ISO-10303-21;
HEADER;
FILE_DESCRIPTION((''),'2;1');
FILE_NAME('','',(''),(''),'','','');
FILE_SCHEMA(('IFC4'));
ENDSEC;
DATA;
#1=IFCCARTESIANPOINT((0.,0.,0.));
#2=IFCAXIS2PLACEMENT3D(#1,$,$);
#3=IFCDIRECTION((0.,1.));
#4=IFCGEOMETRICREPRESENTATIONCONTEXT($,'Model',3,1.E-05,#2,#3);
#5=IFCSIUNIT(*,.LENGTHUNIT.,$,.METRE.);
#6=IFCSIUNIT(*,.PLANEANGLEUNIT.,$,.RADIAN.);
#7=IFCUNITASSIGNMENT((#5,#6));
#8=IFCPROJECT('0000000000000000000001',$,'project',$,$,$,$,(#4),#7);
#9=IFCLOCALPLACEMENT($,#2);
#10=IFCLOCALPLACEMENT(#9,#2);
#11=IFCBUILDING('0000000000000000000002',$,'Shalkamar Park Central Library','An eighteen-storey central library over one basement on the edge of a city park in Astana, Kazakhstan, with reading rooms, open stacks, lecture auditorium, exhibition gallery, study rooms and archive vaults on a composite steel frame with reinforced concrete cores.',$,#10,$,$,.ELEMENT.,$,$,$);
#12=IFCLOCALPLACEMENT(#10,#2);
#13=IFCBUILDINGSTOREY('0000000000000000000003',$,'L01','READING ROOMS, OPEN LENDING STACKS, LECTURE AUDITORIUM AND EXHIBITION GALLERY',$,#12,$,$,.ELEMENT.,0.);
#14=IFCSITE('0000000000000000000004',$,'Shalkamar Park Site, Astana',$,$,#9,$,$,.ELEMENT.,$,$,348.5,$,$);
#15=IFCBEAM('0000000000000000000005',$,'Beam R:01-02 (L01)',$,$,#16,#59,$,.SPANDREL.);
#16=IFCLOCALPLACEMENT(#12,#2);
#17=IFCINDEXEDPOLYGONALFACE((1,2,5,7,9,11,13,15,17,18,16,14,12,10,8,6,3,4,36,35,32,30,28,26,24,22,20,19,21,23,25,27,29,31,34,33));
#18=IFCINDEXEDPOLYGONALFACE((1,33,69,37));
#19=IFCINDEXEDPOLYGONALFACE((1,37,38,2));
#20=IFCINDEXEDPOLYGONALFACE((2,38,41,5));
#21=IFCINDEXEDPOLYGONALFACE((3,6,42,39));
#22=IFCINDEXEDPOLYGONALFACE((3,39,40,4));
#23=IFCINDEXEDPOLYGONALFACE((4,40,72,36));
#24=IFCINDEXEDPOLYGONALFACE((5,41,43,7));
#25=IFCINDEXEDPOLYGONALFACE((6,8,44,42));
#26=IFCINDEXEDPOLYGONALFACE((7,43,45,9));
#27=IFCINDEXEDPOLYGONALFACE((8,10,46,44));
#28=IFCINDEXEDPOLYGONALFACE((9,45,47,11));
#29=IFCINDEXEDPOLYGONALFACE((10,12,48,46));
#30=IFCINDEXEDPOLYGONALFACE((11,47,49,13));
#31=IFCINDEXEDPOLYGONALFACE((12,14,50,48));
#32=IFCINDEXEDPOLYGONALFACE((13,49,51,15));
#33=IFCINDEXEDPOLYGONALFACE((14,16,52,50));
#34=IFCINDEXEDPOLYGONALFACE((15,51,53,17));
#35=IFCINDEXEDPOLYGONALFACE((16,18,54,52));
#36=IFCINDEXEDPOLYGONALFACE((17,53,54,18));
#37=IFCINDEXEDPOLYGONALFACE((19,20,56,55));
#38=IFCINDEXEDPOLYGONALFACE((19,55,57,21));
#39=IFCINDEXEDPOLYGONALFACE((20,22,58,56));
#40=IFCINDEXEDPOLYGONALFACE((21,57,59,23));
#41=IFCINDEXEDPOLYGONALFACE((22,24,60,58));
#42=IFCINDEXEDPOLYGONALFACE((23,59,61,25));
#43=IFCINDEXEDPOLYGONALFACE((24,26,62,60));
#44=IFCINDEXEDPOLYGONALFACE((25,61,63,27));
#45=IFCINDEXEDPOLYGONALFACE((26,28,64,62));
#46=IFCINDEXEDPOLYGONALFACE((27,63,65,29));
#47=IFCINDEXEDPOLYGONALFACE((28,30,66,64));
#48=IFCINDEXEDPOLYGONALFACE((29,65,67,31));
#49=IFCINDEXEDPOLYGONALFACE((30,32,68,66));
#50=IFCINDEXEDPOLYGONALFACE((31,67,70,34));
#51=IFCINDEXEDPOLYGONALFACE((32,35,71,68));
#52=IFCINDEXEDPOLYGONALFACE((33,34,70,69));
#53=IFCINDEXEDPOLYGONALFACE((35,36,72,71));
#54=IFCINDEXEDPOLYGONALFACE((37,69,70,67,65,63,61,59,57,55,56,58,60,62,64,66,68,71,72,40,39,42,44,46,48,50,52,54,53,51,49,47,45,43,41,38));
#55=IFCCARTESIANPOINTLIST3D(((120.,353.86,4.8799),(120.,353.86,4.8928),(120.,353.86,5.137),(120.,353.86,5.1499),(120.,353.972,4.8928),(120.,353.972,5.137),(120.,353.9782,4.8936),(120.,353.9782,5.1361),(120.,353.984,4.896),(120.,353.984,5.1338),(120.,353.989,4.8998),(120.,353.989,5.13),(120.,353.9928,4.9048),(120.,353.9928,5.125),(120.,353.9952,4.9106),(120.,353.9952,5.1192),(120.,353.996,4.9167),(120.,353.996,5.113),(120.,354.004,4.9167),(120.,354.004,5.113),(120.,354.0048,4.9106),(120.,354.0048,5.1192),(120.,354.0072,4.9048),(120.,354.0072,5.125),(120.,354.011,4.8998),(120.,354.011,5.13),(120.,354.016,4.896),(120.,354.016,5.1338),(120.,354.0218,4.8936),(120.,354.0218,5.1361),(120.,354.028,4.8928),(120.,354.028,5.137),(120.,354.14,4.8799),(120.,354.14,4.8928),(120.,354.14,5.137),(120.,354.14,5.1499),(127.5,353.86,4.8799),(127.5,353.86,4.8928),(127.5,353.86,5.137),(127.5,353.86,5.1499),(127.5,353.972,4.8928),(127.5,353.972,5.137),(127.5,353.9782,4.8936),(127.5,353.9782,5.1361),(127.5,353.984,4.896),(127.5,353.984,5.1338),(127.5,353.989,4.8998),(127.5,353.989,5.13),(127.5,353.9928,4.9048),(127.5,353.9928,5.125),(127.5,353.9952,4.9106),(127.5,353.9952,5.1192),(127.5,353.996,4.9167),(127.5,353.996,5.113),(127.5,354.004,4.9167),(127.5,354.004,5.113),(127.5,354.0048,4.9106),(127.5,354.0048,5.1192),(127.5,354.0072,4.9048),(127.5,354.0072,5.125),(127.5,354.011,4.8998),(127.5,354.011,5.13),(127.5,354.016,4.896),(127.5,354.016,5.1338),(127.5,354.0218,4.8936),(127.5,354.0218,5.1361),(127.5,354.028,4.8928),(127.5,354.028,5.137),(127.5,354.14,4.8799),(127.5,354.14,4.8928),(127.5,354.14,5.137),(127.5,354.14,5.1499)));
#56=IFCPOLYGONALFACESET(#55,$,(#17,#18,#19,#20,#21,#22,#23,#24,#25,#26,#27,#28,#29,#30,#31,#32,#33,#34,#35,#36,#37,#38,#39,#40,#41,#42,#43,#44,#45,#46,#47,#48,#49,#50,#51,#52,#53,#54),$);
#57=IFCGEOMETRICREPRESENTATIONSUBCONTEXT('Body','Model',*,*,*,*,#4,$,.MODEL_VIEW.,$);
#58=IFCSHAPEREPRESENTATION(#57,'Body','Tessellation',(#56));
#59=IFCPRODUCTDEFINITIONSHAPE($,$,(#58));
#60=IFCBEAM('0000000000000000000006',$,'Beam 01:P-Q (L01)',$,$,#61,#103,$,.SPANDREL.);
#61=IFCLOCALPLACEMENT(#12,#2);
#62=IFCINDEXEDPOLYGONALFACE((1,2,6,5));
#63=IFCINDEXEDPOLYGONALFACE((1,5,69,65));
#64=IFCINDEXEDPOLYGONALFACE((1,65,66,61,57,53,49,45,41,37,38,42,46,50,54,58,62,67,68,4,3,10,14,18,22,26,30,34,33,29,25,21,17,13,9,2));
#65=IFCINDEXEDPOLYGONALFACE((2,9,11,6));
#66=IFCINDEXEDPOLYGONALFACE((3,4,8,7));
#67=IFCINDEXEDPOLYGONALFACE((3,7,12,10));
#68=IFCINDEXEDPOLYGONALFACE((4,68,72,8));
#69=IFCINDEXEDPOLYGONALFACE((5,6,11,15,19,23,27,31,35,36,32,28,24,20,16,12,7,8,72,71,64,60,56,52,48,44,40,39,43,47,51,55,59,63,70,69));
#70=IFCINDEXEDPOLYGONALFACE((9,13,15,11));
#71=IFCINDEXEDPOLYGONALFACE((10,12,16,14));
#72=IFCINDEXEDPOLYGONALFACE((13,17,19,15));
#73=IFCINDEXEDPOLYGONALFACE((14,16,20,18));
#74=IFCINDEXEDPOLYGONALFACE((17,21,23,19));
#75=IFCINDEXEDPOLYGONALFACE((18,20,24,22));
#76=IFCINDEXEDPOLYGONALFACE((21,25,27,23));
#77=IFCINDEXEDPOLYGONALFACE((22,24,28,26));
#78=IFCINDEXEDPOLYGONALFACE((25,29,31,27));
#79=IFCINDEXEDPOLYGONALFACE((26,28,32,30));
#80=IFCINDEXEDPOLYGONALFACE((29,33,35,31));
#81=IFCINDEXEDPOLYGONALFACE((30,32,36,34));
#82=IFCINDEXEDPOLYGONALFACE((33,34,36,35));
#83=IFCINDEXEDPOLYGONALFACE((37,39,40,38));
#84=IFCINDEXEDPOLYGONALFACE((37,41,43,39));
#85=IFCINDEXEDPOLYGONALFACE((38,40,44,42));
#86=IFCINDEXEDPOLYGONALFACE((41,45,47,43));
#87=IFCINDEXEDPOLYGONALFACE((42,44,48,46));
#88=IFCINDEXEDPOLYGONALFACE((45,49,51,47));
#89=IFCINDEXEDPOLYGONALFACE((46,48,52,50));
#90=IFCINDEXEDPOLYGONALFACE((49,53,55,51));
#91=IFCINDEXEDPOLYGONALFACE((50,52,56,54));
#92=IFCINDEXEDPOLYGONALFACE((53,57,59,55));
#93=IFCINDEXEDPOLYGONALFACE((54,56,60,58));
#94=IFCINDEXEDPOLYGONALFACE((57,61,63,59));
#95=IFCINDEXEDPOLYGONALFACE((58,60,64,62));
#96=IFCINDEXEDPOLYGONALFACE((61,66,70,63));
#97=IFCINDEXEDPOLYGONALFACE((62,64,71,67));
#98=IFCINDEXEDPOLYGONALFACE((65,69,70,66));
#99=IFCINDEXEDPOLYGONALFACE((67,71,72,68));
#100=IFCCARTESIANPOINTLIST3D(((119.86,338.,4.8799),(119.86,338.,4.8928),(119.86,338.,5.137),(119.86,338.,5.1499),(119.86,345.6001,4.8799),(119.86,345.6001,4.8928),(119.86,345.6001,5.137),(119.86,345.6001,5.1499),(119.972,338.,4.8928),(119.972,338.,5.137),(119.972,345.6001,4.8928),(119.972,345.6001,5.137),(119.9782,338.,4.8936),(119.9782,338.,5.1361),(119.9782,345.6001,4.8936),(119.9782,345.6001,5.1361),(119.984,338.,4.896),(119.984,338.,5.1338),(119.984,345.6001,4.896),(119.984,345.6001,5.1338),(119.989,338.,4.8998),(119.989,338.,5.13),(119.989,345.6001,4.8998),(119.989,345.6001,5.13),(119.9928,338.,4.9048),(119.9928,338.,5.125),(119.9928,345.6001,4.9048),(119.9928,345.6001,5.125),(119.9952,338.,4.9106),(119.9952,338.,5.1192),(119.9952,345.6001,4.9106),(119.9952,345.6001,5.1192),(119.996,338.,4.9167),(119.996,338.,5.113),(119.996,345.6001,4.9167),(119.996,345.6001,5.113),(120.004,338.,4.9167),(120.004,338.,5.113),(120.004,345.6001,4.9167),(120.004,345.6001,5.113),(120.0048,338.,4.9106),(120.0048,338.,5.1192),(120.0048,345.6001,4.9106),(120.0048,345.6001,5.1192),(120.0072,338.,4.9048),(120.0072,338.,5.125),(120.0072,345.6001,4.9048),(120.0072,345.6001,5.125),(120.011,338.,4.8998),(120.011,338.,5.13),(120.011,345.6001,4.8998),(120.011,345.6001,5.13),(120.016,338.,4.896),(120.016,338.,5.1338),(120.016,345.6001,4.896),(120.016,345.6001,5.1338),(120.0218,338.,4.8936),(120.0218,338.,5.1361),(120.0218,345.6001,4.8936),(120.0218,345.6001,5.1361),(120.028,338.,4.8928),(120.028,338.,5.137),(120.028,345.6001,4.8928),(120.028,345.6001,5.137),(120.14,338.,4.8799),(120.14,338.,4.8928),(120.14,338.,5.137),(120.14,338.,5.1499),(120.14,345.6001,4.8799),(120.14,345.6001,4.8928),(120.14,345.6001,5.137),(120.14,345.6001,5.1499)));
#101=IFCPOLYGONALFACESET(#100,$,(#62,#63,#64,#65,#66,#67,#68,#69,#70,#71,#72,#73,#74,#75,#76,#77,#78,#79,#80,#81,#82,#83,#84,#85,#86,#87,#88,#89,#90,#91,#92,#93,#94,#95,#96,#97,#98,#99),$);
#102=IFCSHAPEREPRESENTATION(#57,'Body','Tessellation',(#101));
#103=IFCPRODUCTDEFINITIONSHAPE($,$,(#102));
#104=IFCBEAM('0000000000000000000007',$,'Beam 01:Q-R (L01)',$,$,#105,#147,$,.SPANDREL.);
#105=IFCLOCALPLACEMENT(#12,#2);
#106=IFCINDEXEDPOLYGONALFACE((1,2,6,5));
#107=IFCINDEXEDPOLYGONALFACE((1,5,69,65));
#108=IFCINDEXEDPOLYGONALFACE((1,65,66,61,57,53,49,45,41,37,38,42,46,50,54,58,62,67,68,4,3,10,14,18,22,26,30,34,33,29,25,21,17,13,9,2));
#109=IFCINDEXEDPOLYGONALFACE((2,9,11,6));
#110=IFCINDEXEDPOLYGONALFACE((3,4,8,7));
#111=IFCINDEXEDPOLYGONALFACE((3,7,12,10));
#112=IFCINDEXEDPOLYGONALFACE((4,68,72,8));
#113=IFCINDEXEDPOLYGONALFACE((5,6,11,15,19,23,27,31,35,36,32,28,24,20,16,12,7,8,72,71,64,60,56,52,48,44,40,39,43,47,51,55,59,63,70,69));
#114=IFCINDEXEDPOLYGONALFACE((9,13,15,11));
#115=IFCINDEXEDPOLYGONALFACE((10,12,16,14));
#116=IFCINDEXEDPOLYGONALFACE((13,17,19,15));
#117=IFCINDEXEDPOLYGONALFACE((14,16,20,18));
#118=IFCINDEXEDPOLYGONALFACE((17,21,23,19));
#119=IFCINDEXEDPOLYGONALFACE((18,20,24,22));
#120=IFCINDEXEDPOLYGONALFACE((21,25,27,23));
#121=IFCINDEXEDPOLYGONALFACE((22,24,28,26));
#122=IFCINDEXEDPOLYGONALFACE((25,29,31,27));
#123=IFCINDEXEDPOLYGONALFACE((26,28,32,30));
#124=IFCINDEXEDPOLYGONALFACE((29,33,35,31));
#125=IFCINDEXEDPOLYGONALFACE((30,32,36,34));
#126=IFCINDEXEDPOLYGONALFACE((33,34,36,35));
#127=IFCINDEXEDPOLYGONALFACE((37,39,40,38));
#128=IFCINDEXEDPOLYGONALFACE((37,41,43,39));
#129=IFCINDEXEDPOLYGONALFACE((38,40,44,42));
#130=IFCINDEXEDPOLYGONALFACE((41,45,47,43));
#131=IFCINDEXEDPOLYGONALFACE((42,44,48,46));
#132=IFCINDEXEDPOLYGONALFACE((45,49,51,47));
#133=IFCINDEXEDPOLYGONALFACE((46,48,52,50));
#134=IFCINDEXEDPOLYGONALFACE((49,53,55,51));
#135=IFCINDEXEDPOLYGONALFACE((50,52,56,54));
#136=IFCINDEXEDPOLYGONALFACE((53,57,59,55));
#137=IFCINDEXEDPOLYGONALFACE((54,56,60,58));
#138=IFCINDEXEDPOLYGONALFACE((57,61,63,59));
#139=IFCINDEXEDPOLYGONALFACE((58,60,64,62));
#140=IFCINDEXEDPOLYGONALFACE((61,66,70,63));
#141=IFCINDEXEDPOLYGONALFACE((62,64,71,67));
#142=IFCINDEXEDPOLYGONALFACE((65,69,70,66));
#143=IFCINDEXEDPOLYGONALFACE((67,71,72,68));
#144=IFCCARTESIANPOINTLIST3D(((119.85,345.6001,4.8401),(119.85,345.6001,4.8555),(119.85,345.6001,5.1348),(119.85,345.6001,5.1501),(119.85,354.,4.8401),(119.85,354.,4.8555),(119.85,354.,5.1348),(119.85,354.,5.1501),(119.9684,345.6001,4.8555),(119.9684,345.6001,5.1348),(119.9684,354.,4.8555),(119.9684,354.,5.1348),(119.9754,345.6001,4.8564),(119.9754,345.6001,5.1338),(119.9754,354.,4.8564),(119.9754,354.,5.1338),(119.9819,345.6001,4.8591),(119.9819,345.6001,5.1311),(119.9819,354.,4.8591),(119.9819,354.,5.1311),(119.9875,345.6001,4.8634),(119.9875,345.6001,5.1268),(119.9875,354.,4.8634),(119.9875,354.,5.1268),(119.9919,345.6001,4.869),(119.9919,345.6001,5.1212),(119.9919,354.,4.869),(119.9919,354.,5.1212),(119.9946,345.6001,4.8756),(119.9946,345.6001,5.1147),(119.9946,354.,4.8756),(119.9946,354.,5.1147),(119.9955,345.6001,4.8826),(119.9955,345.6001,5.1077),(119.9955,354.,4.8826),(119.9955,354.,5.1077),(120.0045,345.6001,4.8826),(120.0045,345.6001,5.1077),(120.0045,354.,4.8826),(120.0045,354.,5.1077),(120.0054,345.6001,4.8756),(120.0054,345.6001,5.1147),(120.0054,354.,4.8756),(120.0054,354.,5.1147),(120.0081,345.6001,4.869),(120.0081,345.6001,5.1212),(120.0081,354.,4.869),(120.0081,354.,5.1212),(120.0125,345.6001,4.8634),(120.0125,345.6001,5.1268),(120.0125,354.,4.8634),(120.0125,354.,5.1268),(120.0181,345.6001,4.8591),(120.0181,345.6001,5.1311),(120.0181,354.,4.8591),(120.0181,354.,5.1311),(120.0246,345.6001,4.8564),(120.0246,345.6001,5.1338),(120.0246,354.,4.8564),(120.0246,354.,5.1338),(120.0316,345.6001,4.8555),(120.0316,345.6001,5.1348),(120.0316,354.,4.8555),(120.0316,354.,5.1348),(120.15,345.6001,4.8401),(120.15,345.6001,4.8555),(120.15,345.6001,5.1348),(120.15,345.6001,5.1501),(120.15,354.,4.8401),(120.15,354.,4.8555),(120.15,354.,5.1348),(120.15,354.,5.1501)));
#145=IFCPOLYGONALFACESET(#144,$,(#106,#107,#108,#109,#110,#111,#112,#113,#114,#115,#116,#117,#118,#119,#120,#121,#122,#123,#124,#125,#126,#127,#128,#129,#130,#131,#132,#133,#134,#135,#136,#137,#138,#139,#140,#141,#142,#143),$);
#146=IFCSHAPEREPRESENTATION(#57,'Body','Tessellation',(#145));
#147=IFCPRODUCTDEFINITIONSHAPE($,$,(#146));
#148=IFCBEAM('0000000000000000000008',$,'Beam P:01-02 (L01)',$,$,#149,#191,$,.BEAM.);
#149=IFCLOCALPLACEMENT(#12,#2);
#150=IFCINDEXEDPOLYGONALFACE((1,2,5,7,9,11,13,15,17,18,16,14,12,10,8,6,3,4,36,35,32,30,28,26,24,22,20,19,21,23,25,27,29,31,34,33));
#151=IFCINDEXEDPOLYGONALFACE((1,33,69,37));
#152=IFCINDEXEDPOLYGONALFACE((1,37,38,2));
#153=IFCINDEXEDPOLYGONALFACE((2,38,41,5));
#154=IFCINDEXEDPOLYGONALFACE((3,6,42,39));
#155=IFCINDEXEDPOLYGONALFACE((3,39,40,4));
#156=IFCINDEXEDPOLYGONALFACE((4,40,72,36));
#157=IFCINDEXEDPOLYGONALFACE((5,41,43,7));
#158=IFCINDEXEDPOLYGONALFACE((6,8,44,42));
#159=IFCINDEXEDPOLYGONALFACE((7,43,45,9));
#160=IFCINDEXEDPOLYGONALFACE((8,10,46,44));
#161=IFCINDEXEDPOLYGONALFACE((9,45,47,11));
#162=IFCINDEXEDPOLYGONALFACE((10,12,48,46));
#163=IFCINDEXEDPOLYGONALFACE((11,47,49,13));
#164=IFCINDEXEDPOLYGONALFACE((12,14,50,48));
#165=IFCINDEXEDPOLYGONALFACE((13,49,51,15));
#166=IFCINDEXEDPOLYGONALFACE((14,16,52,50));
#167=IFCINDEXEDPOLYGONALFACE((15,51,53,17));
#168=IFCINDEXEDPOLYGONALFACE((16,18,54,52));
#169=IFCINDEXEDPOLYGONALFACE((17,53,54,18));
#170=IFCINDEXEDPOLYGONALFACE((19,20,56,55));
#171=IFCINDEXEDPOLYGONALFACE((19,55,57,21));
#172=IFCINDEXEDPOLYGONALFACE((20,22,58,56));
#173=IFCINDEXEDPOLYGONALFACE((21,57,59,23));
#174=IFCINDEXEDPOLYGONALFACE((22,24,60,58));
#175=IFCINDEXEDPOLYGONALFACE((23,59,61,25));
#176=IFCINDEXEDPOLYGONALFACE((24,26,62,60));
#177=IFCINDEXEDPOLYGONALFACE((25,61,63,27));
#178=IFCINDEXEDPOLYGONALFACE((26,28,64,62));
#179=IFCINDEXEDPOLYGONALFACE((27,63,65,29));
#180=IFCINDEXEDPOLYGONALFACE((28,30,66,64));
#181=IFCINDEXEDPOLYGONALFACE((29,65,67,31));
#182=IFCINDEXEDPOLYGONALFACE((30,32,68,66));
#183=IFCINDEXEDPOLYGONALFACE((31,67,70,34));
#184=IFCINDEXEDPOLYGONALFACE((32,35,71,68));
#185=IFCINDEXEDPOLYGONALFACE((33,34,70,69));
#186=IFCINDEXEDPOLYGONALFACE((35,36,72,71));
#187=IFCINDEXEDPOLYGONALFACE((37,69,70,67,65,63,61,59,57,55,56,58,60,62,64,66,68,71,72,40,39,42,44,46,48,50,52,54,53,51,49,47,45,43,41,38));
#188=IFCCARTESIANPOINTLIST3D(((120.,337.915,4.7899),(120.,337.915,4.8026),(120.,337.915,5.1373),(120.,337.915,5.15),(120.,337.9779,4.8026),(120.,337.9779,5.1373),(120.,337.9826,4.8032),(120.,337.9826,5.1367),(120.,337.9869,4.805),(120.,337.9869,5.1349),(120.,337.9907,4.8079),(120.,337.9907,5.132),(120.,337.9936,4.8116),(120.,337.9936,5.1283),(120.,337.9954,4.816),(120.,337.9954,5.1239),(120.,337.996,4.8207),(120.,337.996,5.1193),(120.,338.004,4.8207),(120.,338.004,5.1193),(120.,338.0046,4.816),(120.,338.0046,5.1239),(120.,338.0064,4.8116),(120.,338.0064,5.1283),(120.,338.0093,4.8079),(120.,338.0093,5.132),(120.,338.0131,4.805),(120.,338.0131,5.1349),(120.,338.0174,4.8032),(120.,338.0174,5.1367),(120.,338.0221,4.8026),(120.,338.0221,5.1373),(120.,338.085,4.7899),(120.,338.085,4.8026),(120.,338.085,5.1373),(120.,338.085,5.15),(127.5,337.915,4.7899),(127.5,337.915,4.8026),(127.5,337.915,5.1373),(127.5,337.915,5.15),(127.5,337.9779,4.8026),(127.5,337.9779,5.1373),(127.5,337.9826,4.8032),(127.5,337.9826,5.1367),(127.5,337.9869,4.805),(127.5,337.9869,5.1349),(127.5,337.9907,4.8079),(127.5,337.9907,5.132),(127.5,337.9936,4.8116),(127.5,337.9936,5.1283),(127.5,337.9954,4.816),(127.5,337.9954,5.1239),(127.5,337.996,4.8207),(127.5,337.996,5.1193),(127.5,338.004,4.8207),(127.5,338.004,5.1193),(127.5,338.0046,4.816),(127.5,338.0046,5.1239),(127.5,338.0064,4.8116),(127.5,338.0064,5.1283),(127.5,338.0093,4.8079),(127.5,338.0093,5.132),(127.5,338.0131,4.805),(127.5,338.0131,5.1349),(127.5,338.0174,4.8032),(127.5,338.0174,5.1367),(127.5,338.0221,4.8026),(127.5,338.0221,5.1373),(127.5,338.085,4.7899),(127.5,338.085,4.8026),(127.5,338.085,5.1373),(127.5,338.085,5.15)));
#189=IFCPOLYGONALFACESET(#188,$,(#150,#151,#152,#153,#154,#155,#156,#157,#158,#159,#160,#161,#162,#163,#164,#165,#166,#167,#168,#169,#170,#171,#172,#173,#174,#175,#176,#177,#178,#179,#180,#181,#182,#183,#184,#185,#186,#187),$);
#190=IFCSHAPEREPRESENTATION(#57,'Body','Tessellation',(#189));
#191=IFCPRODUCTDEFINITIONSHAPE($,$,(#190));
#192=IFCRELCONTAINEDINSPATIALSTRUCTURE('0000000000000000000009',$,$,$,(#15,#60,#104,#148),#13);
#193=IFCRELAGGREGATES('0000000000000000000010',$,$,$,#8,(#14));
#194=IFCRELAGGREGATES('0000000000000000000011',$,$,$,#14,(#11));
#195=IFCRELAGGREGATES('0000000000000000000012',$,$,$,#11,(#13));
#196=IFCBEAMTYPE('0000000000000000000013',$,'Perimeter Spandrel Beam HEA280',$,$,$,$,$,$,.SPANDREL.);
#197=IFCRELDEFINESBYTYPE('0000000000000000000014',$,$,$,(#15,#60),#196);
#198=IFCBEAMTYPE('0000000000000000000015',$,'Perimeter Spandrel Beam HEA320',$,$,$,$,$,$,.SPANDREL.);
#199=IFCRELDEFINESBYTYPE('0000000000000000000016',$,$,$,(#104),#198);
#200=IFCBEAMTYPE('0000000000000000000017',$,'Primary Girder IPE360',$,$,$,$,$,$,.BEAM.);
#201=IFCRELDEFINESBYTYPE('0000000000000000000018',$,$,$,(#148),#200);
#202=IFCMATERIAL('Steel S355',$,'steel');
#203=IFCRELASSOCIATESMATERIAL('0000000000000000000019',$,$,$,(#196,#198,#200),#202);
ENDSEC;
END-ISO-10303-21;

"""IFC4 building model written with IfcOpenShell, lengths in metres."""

from ifc_helpers import new_model, si_unit, direction, frame, origin, origin_2d, place, context, subcontext, project, spatial, i_section, extrude, material, material_profile, profile_set, type_object, element, save


model = new_model("IFC4")

# Units and contexts
model_context = context("Model", 3, precision=1e-05, world=origin(), true_north=direction((0.0, 1.0)))
body_context = subcontext(model_context, "Body", "Model", "MODEL_VIEW")
ifc_project = project(units=[si_unit("LENGTHUNIT", "METRE"), si_unit("PLANEANGLEUNIT", "RADIAN")], contexts=[model_context])

# Site, building, storey
site_placement = place(None, origin())
site = spatial("IfcSite", under=ifc_project, at=site_placement, Name="Shalkamar Park Site, Astana", CompositionType="ELEMENT", RefElevation=348.5)
building_placement = place(site_placement, origin())
building = spatial("IfcBuilding", under=site, at=building_placement, Name="Shalkamar Park Central Library", Description="An eighteen-storey central library over one basement on the edge of a city park in Astana, Kazakhstan, with reading rooms, open stacks, lecture auditorium, exhibition gallery, study rooms and archive vaults on a composite steel frame with reinforced concrete cores.", CompositionType="ELEMENT")
storey_placement = place(building_placement, origin())
storey = spatial("IfcBuildingStorey", under=building, at=storey_placement, Name="L01", Description="READING ROOMS, OPEN LENDING STACKS, LECTURE AUDITORIUM AND EXHIBITION GALLERY", CompositionType="ELEMENT", Elevation=0.0)

# Shared definitions
ifc_material_1 = material(Name="Steel S355", Category="steel")

# Beams
ifc_material_profile_1 = material_profile(ifc_material_1, i_section(OverallWidth=0.28, OverallDepth=0.27, WebThickness=0.0081, FlangeThickness=0.0129, FilletRadius=0.0239, at=origin_2d()), Name="HEA 280")
ifc_profile_set_1 = profile_set([ifc_material_profile_1], Name="Steel S355")
beam_type_1 = type_object("IfcBeamType", Name="Perimeter Spandrel Beam HEA280", PredefinedType="SPANDREL", material=ifc_profile_set_1)
beam_1_placement = place(storey_placement, frame((120.0, 354.0, 5.0149), z_axis=(1.0, 0.0, 0.0), x_axis=(0.0, 1.0, 0.0)))
element("IfcBeam", 1, at=beam_1_placement, inside=storey, type_object=beam_type_1, Name="Beam R:01-02 (L01)", PredefinedType="SPANDREL", context=body_context, shape_type="SweptSolid", body=[
    extrude(i_section(OverallWidth=0.28, OverallDepth=0.27, WebThickness=0.0081, FlangeThickness=0.0129, FilletRadius=0.0239, at=origin_2d()), origin(), (0.0, 0.0, 1.0), 7.5),
])
beam_2_placement = place(storey_placement, frame((120.0, 338.0, 5.0149), z_axis=(0.0, 1.0, 0.0), x_axis=(-1.0, 0.0, 0.0)))
element("IfcBeam", 2, at=beam_2_placement, inside=storey, type_object=beam_type_1, Name="Beam 01:P-Q (L01)", PredefinedType="SPANDREL", context=body_context, shape_type="SweptSolid", body=[
    extrude(i_section(OverallWidth=0.28, OverallDepth=0.27, WebThickness=0.0081, FlangeThickness=0.0129, FilletRadius=0.0239, at=origin_2d()), origin(), (0.0, 0.0, 1.0), 7.6001),
])
ifc_material_profile_2 = material_profile(ifc_material_1, i_section(OverallWidth=0.3, OverallDepth=0.3101, WebThickness=0.009, FlangeThickness=0.0154, FilletRadius=0.0271, at=origin_2d()), Name="HEA 320")
ifc_profile_set_2 = profile_set([ifc_material_profile_2], Name="Steel S355")
beam_type_2 = type_object("IfcBeamType", Name="Perimeter Spandrel Beam HEA320", PredefinedType="SPANDREL", material=ifc_profile_set_2)
beam_3_placement = place(storey_placement, frame((120.0, 345.6001, 4.9951), z_axis=(0.0, 1.0, 0.0), x_axis=(-1.0, 0.0, 0.0)))
element("IfcBeam", 3, at=beam_3_placement, inside=storey, type_object=beam_type_2, Name="Beam 01:Q-R (L01)", PredefinedType="SPANDREL", context=body_context, shape_type="SweptSolid", body=[
    extrude(i_section(OverallWidth=0.3, OverallDepth=0.3101, WebThickness=0.009, FlangeThickness=0.0154, FilletRadius=0.0271, at=origin_2d()), origin(), (0.0, 0.0, 1.0), 8.3999),
])
ifc_material_profile_3 = material_profile(ifc_material_1, i_section(OverallWidth=0.1699, OverallDepth=0.3601, WebThickness=0.0081, FlangeThickness=0.0127, FilletRadius=0.0181, at=origin_2d()), Name="IPE 360")
ifc_profile_set_3 = profile_set([ifc_material_profile_3], Name="Steel S355")
beam_type_3 = type_object("IfcBeamType", Name="Primary Girder IPE360", PredefinedType="BEAM", material=ifc_profile_set_3)
for number, where, z_axis, x_axis, name in (
    (4, (120.0, 338.0, 4.97), (1.0, 0.0, 0.0), (0.0, 1.0, 0.0), "Beam P:01-02 (L01)"),
):
    element("IfcBeam", number, at=place(storey_placement, frame(where, z_axis=z_axis, x_axis=x_axis)), inside=storey, type_object=beam_type_3, Name=name, PredefinedType="BEAM", context=body_context, shape_type="SweptSolid", body=[
        extrude(i_section(OverallWidth=0.1699, OverallDepth=0.3601, WebThickness=0.0081, FlangeThickness=0.0127, FilletRadius=0.0181, at=origin_2d()), origin(), (0.0, 0.0, 1.0), 7.5),
    ])

save(model, "model.ifc")
